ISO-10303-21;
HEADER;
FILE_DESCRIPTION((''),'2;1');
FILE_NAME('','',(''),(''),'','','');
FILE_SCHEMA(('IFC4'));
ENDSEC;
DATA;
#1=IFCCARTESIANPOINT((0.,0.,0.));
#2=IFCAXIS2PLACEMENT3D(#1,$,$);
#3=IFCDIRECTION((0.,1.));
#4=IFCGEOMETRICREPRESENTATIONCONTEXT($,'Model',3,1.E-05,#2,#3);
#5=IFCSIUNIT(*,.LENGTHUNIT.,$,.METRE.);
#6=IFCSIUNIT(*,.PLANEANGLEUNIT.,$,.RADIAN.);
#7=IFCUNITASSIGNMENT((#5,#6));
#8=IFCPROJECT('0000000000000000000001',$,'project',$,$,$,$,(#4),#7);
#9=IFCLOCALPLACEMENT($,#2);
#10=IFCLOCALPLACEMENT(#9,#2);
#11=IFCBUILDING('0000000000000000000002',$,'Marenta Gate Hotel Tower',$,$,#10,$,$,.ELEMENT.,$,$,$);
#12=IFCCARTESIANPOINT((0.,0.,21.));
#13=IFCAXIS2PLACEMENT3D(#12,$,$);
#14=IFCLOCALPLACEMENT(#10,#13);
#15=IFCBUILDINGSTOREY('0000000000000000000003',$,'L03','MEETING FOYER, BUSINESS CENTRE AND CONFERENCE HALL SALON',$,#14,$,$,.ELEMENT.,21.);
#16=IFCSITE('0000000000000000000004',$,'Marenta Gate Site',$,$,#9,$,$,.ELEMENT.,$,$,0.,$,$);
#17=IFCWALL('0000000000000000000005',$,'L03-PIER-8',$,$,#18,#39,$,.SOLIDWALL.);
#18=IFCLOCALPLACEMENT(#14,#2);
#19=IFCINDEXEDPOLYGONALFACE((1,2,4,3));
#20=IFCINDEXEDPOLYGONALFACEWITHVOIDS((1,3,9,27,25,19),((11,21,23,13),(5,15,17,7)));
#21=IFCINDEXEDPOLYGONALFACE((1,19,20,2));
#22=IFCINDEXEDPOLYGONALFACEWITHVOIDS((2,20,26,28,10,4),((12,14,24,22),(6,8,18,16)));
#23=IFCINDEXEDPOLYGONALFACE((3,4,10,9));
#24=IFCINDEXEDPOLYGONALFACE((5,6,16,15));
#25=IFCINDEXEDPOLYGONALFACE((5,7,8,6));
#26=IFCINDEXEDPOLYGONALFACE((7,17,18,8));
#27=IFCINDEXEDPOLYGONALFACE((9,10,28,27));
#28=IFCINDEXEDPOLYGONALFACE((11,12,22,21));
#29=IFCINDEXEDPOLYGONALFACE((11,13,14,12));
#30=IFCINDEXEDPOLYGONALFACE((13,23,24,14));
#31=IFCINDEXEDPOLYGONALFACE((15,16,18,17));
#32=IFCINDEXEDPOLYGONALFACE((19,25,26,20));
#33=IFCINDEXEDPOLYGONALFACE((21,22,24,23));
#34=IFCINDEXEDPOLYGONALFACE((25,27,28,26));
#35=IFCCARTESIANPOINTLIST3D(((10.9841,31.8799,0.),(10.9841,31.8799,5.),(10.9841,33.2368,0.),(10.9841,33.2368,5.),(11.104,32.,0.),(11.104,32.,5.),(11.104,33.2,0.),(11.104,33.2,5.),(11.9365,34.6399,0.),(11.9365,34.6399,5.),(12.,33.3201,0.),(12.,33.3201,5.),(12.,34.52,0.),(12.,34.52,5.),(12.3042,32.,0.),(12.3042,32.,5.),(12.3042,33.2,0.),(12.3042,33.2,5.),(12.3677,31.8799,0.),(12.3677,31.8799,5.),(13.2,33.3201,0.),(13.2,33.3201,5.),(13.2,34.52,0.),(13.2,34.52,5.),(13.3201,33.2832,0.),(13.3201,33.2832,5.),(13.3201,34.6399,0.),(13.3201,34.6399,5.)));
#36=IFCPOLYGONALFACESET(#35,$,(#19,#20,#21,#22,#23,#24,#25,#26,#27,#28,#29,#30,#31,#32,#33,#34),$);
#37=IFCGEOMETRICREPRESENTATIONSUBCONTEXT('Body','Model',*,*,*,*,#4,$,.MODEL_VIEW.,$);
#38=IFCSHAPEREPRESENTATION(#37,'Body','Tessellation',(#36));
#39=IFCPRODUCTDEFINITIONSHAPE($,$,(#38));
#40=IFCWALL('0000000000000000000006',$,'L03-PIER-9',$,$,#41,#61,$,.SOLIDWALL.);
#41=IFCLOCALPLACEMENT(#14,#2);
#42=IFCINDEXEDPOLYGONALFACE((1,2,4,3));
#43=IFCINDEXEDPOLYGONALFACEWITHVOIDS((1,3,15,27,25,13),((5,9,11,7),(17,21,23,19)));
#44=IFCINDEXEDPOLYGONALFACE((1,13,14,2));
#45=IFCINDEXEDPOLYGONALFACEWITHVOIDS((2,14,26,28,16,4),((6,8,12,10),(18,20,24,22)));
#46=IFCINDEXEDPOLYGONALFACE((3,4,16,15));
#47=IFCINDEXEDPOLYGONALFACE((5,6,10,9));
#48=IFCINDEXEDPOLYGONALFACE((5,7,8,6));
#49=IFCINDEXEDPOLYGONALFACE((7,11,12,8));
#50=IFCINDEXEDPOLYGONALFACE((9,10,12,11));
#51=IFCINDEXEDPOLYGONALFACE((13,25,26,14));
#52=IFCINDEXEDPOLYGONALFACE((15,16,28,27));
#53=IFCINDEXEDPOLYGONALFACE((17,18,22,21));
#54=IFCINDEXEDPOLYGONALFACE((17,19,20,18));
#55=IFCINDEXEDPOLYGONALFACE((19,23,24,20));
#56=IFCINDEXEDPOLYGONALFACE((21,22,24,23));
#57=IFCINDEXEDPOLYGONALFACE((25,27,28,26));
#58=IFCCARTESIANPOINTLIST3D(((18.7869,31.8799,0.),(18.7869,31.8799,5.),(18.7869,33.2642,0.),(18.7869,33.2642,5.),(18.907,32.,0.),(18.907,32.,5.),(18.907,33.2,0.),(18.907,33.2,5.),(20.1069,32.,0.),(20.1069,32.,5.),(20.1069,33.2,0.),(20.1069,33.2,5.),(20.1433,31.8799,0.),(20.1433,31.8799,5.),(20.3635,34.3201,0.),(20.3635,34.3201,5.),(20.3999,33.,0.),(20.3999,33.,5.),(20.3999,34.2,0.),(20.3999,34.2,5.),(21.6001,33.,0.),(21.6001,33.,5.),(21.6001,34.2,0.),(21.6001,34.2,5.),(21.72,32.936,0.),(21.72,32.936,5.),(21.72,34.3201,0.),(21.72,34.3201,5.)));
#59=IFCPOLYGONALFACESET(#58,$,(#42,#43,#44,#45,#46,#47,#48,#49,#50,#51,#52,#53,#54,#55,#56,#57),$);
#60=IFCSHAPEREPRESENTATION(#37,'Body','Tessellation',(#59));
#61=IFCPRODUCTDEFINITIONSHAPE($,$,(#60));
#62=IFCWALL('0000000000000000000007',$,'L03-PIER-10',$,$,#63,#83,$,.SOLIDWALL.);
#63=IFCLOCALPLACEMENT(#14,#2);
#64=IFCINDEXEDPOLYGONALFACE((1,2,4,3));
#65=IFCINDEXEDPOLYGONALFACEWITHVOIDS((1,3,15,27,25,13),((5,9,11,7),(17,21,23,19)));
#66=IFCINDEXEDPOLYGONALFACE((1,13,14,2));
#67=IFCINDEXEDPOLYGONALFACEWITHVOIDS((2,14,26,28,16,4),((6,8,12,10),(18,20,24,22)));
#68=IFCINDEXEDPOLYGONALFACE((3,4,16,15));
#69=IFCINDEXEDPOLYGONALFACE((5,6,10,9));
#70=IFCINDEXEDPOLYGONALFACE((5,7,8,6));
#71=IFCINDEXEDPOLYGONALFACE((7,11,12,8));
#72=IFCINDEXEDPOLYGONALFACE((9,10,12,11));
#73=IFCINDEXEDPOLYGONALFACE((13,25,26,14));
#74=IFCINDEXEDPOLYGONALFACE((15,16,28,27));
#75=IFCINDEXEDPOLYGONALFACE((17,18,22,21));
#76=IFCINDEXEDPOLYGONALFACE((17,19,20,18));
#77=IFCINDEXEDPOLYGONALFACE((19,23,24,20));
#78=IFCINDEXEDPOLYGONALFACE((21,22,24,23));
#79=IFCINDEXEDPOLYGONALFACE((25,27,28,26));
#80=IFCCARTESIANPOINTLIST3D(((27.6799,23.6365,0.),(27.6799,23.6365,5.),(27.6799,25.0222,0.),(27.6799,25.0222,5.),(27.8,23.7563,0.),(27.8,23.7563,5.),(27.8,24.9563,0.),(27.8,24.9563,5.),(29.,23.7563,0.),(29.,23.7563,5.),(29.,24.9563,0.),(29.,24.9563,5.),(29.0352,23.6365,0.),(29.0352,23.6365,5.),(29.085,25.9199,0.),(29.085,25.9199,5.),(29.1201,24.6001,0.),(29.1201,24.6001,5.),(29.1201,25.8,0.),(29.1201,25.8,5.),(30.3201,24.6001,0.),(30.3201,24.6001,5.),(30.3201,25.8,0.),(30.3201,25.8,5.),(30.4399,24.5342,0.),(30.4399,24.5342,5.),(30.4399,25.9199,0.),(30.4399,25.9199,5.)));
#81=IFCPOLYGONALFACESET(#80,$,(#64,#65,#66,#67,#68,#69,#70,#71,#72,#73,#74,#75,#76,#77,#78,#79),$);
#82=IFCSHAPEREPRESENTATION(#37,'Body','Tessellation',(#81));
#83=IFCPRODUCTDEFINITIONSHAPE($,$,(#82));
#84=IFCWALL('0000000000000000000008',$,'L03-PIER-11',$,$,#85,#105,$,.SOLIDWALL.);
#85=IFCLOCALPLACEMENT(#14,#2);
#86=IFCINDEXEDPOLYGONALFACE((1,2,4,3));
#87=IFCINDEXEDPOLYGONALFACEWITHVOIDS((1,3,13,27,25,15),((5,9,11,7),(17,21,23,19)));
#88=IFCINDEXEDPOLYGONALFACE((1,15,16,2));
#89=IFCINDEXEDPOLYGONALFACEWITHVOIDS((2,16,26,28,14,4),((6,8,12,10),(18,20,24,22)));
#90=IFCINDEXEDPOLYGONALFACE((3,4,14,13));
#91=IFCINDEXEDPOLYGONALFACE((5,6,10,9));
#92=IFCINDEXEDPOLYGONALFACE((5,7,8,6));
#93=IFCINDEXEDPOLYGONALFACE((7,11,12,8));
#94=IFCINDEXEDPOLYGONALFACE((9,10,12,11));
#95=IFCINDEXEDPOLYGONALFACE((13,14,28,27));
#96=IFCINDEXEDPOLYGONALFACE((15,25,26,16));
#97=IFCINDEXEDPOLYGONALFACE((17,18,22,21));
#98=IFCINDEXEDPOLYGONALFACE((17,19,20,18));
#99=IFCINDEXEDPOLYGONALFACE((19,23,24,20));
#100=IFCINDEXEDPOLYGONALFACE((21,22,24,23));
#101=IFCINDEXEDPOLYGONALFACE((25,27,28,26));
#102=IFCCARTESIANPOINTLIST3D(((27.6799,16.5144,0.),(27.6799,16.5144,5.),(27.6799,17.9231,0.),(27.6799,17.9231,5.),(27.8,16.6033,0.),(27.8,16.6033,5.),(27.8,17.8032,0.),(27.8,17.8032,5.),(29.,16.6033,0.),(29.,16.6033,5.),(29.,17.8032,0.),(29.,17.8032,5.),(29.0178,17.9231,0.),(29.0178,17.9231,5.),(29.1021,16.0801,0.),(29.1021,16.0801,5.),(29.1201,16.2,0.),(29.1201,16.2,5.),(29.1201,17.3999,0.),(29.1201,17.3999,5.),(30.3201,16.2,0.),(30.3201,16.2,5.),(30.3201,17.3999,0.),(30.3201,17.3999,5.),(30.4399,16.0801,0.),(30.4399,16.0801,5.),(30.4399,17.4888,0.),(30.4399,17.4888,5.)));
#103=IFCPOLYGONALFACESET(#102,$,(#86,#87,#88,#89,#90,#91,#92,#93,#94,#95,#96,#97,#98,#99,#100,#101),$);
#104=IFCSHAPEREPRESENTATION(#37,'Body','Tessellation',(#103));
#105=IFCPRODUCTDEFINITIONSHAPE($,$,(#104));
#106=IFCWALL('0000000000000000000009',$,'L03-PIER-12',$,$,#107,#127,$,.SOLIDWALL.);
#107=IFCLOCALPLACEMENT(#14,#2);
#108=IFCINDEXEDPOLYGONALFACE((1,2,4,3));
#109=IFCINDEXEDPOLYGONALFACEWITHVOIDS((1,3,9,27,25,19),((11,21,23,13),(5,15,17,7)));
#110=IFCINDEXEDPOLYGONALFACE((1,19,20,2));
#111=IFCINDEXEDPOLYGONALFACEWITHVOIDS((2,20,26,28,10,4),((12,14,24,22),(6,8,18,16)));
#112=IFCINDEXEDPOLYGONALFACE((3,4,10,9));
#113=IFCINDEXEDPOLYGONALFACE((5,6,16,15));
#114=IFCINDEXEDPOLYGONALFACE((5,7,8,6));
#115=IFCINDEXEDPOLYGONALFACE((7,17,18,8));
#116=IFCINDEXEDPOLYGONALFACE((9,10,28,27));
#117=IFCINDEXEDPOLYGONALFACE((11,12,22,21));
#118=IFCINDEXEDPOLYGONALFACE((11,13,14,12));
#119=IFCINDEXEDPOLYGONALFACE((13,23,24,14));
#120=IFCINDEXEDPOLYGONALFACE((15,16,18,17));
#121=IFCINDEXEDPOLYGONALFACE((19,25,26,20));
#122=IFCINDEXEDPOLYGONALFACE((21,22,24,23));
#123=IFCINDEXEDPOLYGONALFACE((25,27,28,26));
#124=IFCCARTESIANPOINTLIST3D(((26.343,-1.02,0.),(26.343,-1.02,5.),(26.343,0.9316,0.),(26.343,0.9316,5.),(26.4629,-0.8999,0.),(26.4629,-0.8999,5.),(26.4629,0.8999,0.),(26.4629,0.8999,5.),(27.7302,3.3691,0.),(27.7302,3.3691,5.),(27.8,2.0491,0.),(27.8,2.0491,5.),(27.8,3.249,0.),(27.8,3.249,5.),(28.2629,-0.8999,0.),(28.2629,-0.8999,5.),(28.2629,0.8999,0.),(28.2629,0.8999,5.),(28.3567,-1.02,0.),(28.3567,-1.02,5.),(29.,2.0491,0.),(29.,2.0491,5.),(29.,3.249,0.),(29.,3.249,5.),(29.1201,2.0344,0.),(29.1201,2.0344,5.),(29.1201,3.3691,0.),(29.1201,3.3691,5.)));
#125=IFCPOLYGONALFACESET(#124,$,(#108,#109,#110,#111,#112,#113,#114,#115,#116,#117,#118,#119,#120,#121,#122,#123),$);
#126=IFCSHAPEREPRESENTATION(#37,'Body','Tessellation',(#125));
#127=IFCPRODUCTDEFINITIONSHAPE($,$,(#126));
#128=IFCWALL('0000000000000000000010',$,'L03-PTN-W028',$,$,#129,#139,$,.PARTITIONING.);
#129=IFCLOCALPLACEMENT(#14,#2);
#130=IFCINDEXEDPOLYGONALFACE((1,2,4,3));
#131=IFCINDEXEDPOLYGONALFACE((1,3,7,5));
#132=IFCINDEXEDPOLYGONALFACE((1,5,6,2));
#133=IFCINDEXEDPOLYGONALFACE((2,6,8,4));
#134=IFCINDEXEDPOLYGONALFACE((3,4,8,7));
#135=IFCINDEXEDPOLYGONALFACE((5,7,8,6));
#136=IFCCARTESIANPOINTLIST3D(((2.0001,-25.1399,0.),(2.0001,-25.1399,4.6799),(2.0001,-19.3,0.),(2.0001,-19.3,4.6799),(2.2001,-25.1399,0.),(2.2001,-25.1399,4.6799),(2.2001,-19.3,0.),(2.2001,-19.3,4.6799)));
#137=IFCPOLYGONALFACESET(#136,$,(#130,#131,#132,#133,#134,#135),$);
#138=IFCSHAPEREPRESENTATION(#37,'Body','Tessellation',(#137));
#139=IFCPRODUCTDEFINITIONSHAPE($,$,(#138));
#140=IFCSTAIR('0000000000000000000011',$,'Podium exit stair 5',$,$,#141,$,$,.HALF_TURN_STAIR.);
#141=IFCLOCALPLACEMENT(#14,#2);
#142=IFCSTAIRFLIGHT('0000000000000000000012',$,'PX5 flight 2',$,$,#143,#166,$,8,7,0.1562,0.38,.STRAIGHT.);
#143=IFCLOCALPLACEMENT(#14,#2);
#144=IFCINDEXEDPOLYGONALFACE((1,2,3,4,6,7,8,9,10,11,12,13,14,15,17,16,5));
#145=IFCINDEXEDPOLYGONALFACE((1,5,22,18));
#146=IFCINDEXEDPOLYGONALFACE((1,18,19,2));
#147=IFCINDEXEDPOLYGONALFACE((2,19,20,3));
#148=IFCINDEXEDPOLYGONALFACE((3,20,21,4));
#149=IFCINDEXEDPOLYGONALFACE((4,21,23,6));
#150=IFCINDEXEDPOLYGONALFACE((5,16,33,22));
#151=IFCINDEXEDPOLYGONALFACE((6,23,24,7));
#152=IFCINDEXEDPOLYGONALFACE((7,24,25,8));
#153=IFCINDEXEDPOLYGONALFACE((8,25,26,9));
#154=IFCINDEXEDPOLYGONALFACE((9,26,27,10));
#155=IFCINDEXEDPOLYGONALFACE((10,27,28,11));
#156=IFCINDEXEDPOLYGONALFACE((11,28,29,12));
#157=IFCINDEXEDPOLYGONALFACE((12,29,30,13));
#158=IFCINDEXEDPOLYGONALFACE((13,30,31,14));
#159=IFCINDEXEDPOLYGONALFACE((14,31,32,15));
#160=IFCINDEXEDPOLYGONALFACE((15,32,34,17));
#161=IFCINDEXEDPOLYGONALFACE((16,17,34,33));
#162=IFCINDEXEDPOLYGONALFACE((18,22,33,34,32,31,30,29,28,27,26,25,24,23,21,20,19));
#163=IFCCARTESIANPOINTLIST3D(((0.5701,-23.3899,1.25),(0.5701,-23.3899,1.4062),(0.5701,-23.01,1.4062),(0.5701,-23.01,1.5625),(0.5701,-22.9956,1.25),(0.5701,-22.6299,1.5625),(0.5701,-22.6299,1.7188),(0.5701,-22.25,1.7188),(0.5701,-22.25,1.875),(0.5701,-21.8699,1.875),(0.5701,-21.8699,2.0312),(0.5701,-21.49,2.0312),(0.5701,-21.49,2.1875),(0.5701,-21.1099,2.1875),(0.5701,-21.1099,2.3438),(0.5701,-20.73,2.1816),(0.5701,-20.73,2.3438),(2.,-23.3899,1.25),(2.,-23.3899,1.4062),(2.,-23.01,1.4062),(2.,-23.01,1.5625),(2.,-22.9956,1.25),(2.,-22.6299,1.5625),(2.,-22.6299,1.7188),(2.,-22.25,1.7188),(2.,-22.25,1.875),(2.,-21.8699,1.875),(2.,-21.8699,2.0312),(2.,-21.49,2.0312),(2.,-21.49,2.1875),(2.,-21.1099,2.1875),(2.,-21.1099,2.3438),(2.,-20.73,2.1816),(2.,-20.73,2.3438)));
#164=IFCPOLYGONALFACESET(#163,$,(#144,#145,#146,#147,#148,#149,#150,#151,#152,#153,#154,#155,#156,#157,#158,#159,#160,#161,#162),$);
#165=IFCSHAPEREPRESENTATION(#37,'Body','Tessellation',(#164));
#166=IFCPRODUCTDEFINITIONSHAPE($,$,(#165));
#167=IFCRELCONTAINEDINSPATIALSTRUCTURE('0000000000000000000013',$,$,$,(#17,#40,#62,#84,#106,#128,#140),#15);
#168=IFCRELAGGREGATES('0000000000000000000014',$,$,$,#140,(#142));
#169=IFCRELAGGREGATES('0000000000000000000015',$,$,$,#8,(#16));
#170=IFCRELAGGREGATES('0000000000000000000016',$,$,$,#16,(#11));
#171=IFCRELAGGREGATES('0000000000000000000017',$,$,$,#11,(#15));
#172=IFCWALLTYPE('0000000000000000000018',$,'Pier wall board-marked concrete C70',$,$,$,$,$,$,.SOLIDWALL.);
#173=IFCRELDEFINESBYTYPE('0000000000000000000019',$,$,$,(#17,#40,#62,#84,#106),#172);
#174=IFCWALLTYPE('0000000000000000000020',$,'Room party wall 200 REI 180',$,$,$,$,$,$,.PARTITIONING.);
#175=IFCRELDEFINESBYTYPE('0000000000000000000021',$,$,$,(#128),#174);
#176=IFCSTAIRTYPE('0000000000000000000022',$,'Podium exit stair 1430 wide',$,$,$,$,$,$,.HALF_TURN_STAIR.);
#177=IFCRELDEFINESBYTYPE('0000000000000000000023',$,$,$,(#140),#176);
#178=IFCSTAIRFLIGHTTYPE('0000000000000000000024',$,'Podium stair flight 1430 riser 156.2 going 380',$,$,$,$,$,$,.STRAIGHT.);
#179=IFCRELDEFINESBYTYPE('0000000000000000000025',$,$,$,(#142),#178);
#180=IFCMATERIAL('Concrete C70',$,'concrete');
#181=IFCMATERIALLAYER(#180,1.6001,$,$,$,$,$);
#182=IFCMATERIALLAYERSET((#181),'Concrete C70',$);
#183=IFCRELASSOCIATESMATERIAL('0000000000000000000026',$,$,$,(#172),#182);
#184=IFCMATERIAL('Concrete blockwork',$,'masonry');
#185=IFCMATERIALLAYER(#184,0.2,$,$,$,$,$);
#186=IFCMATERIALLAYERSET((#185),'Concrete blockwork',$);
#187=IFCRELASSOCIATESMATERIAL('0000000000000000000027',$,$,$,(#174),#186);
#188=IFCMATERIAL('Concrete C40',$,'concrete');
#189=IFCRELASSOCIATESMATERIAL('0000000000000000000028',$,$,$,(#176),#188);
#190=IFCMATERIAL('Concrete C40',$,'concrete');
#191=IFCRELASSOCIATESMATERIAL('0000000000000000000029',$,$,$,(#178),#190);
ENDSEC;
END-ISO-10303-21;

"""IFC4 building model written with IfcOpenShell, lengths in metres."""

from ifc_helpers import new_model, si_unit, direction, frame, frame_2d, origin, place, context, subcontext, project, spatial, polyline, rectangle, outline, extrude, material, layer, layer_set, type_object, element, aggregate, save


model = new_model("IFC4")

# Units and contexts
model_context = context("Model", 3, precision=1e-05, world=origin(), true_north=direction((0.0, 1.0)))
body_context = subcontext(model_context, "Body", "Model", "MODEL_VIEW")
ifc_project = project(units=[si_unit("LENGTHUNIT", "METRE"), si_unit("PLANEANGLEUNIT", "RADIAN")], contexts=[model_context])

# Site, building, storey
site_placement = place(None, origin())
site = spatial("IfcSite", under=ifc_project, at=site_placement, Name="Marenta Gate Site", CompositionType="ELEMENT", RefElevation=0.0)
building_placement = place(site_placement, origin())
building = spatial("IfcBuilding", under=site, at=building_placement, Name="Marenta Gate Hotel Tower", CompositionType="ELEMENT")
storey_placement = place(building_placement, frame((0.0, 0.0, 21.0)))
storey = spatial("IfcBuildingStorey", under=building, at=storey_placement, Name="L03", Description="MEETING FOYER, BUSINESS CENTRE AND CONFERENCE HALL SALON", CompositionType="ELEMENT", Elevation=21.0)

# Walls
ifc_material_1 = material(Name="Concrete C70", Category="concrete")
ifc_layer_1 = layer(ifc_material_1, 1.6001)
ifc_layer_set_1 = layer_set([ifc_layer_1], Name="Concrete C70")
wall_type_1 = type_object("IfcWallType", Name="Pier wall board-marked concrete C70", PredefinedType="SOLIDWALL", material=ifc_layer_set_1)
wall_1_placement = place(storey_placement, origin())
element("IfcWall", 1, at=wall_1_placement, inside=storey, type_object=wall_type_1, Name="L03-PIER-8", PredefinedType="SOLIDWALL", context=body_context, shape_type="SweptSolid", body=[
    extrude(outline(polyline([(10.9841, 33.2368), (11.9365, 34.6399), (13.3201, 34.6399), (13.3201, 33.2832), (12.3677, 31.8799), (10.9841, 31.8799), (10.9841, 33.2368)]), holes=[polyline([(12.0, 33.3201), (13.2, 33.3201), (13.2, 34.52), (12.0, 34.52), (12.0, 33.3201)]), polyline([(11.104, 32.0), (12.3042, 32.0), (12.3042, 33.2), (11.104, 33.2), (11.104, 32.0)])]), origin(), (0.0, 0.0, 1.0), 5.0),
])
wall_2_placement = place(storey_placement, origin())
element("IfcWall", 2, at=wall_2_placement, inside=storey, type_object=wall_type_1, Name="L03-PIER-9", PredefinedType="SOLIDWALL", context=body_context, shape_type="SweptSolid", body=[
    extrude(outline(polyline([(20.3635, 34.3201), (21.72, 34.3201), (21.72, 32.936), (20.1433, 31.8799), (18.7869, 31.8799), (18.7869, 33.2642), (20.3635, 34.3201)]), holes=[polyline([(21.6001, 33.0), (21.6001, 34.2), (20.3999, 34.2), (20.3999, 33.0), (21.6001, 33.0)]), polyline([(20.1069, 32.0), (20.1069, 33.2), (18.907, 33.2), (18.907, 32.0), (20.1069, 32.0)])]), origin(), (0.0, 0.0, 1.0), 5.0),
])
wall_3_placement = place(storey_placement, origin())
element("IfcWall", 3, at=wall_3_placement, inside=storey, type_object=wall_type_1, Name="L03-PIER-10", PredefinedType="SOLIDWALL", context=body_context, shape_type="SweptSolid", body=[
    extrude(outline(polyline([(27.6799, 25.0222), (29.085, 25.9199), (30.4399, 25.9199), (30.4399, 24.5342), (29.0352, 23.6365), (27.6799, 23.6365), (27.6799, 25.0222)]), holes=[polyline([(29.1201, 24.6001), (30.3201, 24.6001), (30.3201, 25.8), (29.1201, 25.8), (29.1201, 24.6001)]), polyline([(27.8, 23.7563), (29.0, 23.7563), (29.0, 24.9563), (27.8, 24.9563), (27.8, 23.7563)])]), origin(), (0.0, 0.0, 1.0), 5.0),
])
wall_4_placement = place(storey_placement, origin())
element("IfcWall", 4, at=wall_4_placement, inside=storey, type_object=wall_type_1, Name="L03-PIER-11", PredefinedType="SOLIDWALL", context=body_context, shape_type="SweptSolid", body=[
    extrude(outline(polyline([(27.6799, 16.5144), (27.6799, 17.9231), (29.0178, 17.9231), (30.4399, 17.4888), (30.4399, 16.0801), (29.1021, 16.0801), (27.6799, 16.5144)]), holes=[polyline([(29.1201, 16.2), (30.3201, 16.2), (30.3201, 17.3999), (29.1201, 17.3999), (29.1201, 16.2)]), polyline([(27.8, 16.6033), (29.0, 16.6033), (29.0, 17.8032), (27.8, 17.8032), (27.8, 16.6033)])]), origin(), (0.0, 0.0, 1.0), 5.0),
])
wall_5_placement = place(storey_placement, origin())
element("IfcWall", 5, at=wall_5_placement, inside=storey, type_object=wall_type_1, Name="L03-PIER-12", PredefinedType="SOLIDWALL", context=body_context, shape_type="SweptSolid", body=[
    extrude(outline(polyline([(27.7302, 3.3691), (29.1201, 3.3691), (29.1201, 2.0344), (28.3567, -1.02), (26.343, -1.02), (26.343, 0.9316), (27.7302, 3.3691)]), holes=[polyline([(29.0, 2.0491), (29.0, 3.249), (27.8, 3.249), (27.8, 2.0491), (29.0, 2.0491)]), polyline([(28.2629, -0.8999), (28.2629, 0.8999), (26.4629, 0.8999), (26.4629, -0.8999), (28.2629, -0.8999)])]), origin(), (0.0, 0.0, 1.0), 5.0),
])

# Wall
ifc_material_2 = material(Name="Concrete blockwork", Category="masonry")
ifc_layer_2 = layer(ifc_material_2, 0.2)
ifc_layer_set_2 = layer_set([ifc_layer_2], Name="Concrete blockwork")
wall_type_2 = type_object("IfcWallType", Name="Room party wall 200 REI 180", PredefinedType="PARTITIONING", material=ifc_layer_set_2)
wall_6_placement = place(storey_placement, frame((2.1001, -25.1399, 0.0), z_axis=(0.0, 0.0, 1.0), x_axis=(0.0, 1.0, 0.0)))
element("IfcWall", 6, at=wall_6_placement, inside=storey, type_object=wall_type_2, Name="L03-PTN-W028", PredefinedType="PARTITIONING", context=body_context, shape_type="SweptSolid", body=[
    extrude(rectangle(XDim=5.8398, YDim=0.2, at=frame_2d((2.9199, 0.0))), origin(), (0.0, 0.0, 1.0), 4.6799),
])

# Stair, stair flight
ifc_material_3 = material(Name="Concrete C40", Category="concrete")
stair_type_1 = type_object("IfcStairType", Name="Podium exit stair 1430 wide", PredefinedType="HALF_TURN_STAIR", material=ifc_material_3)
stair_1_placement = place(storey_placement, origin())
stair_1 = element("IfcStair", 7, at=stair_1_placement, inside=storey, type_object=stair_type_1, Name="Podium exit stair 5", PredefinedType="HALF_TURN_STAIR")
ifc_material_4 = material(Name="Concrete C40", Category="concrete")
stair_flight_type = type_object("IfcStairFlightType", Name="Podium stair flight 1430 riser 156.2 going 380", PredefinedType="STRAIGHT", material=ifc_material_4)
stair_flight_1_placement = place(storey_placement, frame((1.2849, -23.3899, 1.25), z_axis=(0.0, 0.0, 1.0), x_axis=(0.0, 1.0, 0.0)))
stair_flight_1 = element("IfcStairFlight", 8, at=stair_flight_1_placement, type_object=stair_flight_type, Name="PX5 flight 2", NumberOfRisers=8, NumberOfTreads=7, PredefinedType="STRAIGHT", RiserHeight=0.1562, TreadLength=0.38, context=body_context, shape_type="SweptSolid", body=[
    extrude(outline(polyline([(0.0, 0.0), (0.0, 0.1562), (0.3799, 0.1562), (0.3799, 0.3125), (0.76, 0.3125), (0.76, 0.4688), (1.1399, 0.4688), (1.1399, 0.625), (1.52, 0.625), (1.52, 0.7812), (1.8999, 0.7812), (1.8999, 0.9375), (2.28, 0.9375), (2.28, 1.0938), (2.6599, 1.0938), (2.6599, 1.25), (2.6599, 0.9316), (0.3943, 0.0), (0.0, 0.0)])), frame((0.0, 0.7148, 0.0), z_axis=(0.0, -1.0, 0.0), x_axis=(1.0, 0.0, 0.0)), (0.0, 0.0, 1.0), 1.4299),
])
aggregate(stair_1, [stair_flight_1])

save(model, "model.ifc")
